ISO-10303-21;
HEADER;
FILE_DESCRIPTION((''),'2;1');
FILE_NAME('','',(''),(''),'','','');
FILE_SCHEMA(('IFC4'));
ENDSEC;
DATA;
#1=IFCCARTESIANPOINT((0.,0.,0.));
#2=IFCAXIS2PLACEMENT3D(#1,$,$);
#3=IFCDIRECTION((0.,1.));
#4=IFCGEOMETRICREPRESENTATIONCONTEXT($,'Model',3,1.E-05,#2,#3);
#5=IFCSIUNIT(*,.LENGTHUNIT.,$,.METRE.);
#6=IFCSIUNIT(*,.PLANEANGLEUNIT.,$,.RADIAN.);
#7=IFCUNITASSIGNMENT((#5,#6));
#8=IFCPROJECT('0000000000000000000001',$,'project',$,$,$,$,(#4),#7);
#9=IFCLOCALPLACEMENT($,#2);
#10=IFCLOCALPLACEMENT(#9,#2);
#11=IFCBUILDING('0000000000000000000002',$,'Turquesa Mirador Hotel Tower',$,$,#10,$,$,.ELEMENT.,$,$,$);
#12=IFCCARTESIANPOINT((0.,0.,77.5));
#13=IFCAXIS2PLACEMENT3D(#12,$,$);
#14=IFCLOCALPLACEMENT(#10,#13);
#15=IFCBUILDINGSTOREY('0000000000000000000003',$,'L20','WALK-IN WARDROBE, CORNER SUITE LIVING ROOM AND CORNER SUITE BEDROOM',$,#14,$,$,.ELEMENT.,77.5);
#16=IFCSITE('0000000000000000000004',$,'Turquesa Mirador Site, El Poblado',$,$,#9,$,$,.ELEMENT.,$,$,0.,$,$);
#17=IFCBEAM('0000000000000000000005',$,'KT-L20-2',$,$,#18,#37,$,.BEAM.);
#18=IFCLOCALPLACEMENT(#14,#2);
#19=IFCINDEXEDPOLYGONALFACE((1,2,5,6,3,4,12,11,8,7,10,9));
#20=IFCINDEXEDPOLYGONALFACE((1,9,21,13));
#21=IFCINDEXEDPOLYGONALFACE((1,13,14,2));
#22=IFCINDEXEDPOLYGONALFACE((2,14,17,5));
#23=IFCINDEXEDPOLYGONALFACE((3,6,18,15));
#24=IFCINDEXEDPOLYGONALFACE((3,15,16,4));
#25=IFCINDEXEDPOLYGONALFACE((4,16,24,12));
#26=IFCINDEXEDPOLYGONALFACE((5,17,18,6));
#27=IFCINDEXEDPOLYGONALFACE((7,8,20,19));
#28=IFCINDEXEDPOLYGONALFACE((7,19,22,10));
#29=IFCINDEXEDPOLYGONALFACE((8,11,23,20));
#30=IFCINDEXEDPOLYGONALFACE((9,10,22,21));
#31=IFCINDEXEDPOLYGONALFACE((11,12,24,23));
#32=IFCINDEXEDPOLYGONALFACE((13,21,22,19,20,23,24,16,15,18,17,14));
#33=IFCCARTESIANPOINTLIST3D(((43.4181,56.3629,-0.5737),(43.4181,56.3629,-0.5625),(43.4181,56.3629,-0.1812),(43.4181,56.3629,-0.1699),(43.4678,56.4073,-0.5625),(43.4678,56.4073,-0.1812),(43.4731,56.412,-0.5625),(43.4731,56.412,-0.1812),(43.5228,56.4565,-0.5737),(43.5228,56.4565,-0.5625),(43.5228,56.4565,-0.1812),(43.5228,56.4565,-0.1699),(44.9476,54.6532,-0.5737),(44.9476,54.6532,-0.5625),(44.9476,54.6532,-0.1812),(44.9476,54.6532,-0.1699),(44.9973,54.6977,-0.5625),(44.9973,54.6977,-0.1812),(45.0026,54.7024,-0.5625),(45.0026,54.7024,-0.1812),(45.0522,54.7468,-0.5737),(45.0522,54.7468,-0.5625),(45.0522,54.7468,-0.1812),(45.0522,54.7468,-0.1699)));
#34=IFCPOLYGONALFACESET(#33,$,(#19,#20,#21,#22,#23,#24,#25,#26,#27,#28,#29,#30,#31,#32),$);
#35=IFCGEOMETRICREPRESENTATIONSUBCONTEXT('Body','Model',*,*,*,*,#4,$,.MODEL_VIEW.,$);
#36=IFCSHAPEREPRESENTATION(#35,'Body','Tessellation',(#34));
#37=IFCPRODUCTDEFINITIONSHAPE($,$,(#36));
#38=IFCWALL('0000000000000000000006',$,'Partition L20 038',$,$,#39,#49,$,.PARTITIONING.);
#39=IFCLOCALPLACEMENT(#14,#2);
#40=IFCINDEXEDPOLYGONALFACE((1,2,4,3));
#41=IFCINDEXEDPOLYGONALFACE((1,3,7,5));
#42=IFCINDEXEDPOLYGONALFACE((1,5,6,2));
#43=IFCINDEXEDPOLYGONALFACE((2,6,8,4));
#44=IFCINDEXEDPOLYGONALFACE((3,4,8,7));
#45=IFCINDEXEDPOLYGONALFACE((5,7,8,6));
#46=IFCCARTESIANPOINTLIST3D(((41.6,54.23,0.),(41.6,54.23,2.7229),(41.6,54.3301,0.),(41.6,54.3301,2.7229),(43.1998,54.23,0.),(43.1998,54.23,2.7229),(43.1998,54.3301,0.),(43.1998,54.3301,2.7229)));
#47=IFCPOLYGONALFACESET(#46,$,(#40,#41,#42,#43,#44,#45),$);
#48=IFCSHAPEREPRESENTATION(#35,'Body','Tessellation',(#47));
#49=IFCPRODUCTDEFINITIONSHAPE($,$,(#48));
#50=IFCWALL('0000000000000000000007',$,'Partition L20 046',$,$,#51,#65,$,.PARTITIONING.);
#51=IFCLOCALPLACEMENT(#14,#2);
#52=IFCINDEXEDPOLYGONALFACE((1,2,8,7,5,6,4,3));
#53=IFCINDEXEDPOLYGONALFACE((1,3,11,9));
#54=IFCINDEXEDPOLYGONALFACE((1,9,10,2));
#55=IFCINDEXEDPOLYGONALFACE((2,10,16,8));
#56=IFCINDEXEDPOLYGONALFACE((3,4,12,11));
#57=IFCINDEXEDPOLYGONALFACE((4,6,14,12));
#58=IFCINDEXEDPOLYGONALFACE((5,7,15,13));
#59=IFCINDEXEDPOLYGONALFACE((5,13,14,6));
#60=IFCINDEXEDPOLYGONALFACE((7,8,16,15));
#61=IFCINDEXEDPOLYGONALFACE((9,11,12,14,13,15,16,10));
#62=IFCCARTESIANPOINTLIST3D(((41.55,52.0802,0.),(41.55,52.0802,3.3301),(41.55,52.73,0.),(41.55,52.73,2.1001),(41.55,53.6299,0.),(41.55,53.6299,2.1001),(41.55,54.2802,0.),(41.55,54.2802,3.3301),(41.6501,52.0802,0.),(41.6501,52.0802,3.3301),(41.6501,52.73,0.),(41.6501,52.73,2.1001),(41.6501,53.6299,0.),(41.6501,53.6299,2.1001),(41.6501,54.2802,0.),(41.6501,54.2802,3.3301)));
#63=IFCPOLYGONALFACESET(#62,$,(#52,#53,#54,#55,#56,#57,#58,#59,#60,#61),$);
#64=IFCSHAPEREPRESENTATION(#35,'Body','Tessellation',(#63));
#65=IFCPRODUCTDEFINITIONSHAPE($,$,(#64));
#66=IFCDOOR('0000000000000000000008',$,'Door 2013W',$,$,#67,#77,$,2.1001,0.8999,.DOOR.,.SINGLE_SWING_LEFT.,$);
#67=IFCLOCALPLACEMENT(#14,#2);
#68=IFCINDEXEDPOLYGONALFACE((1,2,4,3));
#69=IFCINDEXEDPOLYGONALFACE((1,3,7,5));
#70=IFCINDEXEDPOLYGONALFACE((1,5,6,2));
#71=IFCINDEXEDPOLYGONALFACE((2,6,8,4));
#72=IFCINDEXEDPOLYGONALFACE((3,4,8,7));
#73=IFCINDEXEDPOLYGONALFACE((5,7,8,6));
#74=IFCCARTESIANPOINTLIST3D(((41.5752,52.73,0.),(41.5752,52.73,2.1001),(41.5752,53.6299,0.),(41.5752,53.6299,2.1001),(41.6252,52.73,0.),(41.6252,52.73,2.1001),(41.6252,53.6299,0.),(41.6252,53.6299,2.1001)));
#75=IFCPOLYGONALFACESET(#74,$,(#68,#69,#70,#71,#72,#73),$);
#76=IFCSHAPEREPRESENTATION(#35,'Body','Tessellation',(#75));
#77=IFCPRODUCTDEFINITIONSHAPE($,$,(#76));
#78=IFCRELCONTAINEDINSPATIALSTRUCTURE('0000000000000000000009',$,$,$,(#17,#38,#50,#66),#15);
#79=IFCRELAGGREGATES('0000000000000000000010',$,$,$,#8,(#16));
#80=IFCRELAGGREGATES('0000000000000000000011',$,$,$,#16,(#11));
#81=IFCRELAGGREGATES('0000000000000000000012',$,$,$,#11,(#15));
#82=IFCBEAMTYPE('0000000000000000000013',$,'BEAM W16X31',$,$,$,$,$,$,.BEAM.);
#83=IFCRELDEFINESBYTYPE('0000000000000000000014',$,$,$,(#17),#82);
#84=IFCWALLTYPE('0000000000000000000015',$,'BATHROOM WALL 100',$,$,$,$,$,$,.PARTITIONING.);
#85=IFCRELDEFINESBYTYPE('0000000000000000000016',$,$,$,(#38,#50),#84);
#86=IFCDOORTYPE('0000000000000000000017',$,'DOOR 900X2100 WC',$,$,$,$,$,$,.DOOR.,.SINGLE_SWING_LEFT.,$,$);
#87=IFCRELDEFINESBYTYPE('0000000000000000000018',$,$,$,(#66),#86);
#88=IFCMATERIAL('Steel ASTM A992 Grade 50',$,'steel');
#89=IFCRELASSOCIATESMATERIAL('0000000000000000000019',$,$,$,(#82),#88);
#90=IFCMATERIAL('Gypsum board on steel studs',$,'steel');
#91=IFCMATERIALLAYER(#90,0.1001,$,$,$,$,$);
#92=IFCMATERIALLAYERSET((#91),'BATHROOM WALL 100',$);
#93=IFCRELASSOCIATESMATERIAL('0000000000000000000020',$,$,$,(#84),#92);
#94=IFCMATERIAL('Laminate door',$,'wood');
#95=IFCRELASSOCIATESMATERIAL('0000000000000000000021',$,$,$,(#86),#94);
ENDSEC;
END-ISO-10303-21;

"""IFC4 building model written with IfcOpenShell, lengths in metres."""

from ifc_helpers import new_model, si_unit, direction, frame, frame_2d, origin, origin_2d, place, context, subcontext, project, spatial, rectangle, i_section, extrude, material, layer, layer_set, material_profile, profile_set, type_object, element, fill, save


model = new_model("IFC4")

# Units and contexts
model_context = context("Model", 3, precision=1e-05, world=origin(), true_north=direction((0.0, 1.0)))
body_context = subcontext(model_context, "Body", "Model", "MODEL_VIEW")
ifc_project = project(units=[si_unit("LENGTHUNIT", "METRE"), si_unit("PLANEANGLEUNIT", "RADIAN")], contexts=[model_context])

# Site, building, storey
site_placement = place(None, origin())
site = spatial("IfcSite", under=ifc_project, at=site_placement, Name="Turquesa Mirador Site, El Poblado", CompositionType="ELEMENT", RefElevation=0.0)
building_placement = place(site_placement, origin())
building = spatial("IfcBuilding", under=site, at=building_placement, Name="Turquesa Mirador Hotel Tower", CompositionType="ELEMENT")
storey_placement = place(building_placement, frame((0.0, 0.0, 77.5)))
storey = spatial("IfcBuildingStorey", under=building, at=storey_placement, Name="L20", Description="WALK-IN WARDROBE, CORNER SUITE LIVING ROOM AND CORNER SUITE BEDROOM", CompositionType="ELEMENT", Elevation=77.5)

# Beam
ifc_material_1 = material(Name="Steel ASTM A992 Grade 50", Category="steel")
ifc_material_profile = material_profile(ifc_material_1, i_section(OverallWidth=0.1404, OverallDepth=0.4038, WebThickness=0.0071, FlangeThickness=0.0112, at=origin_2d()), Name="W16X31")
ifc_profile_set = profile_set([ifc_material_profile], Name="Steel ASTM A992 Grade 50")
beam_type = type_object("IfcBeamType", Name="BEAM W16X31", PredefinedType="BEAM", material=ifc_profile_set)
beam_placement = place(storey_placement, frame((43.4705, 56.4097, -0.3718), z_axis=(0.666745, -0.745286, 0.0), x_axis=(0.745286, 0.666745, 0.0)))
element("IfcBeam", 1, at=beam_placement, inside=storey, type_object=beam_type, Name="KT-L20-2", PredefinedType="BEAM", context=body_context, shape_type="SweptSolid", body=[
    extrude(i_section(OverallWidth=0.1404, OverallDepth=0.4038, WebThickness=0.0071, FlangeThickness=0.0112, at=origin_2d()), origin(), (0.0, 0.0, 1.0), 2.2939),
])

# Wall
ifc_material_2 = material(Name="Gypsum board on steel studs", Category="steel")
ifc_layer_1 = layer(ifc_material_2, 0.1001)
ifc_layer_set_1 = layer_set([ifc_layer_1], Name="BATHROOM WALL 100")
wall_type_1 = type_object("IfcWallType", Name="BATHROOM WALL 100", PredefinedType="PARTITIONING", material=ifc_layer_set_1)
wall_1_placement = place(storey_placement, frame((41.6001, 54.28, 0.0), z_axis=(0.0, 0.0, 1.0), x_axis=(1.0, 0.0, 0.0)))
element("IfcWall", 2, at=wall_1_placement, inside=storey, type_object=wall_type_1, Name="Partition L20 038", PredefinedType="PARTITIONING", context=body_context, shape_type="SweptSolid", body=[
    extrude(rectangle(XDim=1.5999, YDim=0.1001, at=frame_2d((0.7998, 0.0))), origin(), (0.0, 0.0, 1.0), 2.7229),
])

# Wall, opening, door
wall_2_placement = place(storey_placement, frame((41.6001, 52.0801, 0.0), z_axis=(0.0, 0.0, 1.0), x_axis=(0.0, 1.0, 0.0)))
wall_2 = element("IfcWall", 3, at=wall_2_placement, inside=storey, type_object=wall_type_1, Name="Partition L20 046", PredefinedType="PARTITIONING", context=body_context, shape_type="SweptSolid", body=[
    extrude(rectangle(XDim=2.2, YDim=0.1001, at=frame_2d((1.1001, 0.0))), origin(), (0.0, 0.0, 1.0), 3.3301),
])
opening_1_placement = place(wall_2_placement, frame((0.6499, 0.0, 0.0)))
opening_1 = element("IfcOpeningElement", 4, at=opening_1_placement, cuts=wall_2, PredefinedType="OPENING", context=body_context, shape_type="SweptSolid", body=[
    extrude(rectangle(XDim=0.8999, YDim=2.1001, at=frame_2d((0.45, 1.05))), frame((0.0, 0.0601, 0.0), z_axis=(0.0, -1.0, 0.0), x_axis=(1.0, 0.0, 0.0)), (0.0, 0.0, 1.0), 0.1201),
])
ifc_material_3 = material(Name="Laminate door", Category="wood")
door_type_1 = type_object("IfcDoorType", Name="DOOR 900X2100 WC", OperationType="SINGLE_SWING_LEFT", PredefinedType="DOOR", material=ifc_material_3)
door_1_placement = place(opening_1_placement, origin())
door_1 = element("IfcDoor", 5, at=door_1_placement, inside=storey, type_object=door_type_1, Name="Door 2013W", OperationType="SINGLE_SWING_LEFT", OverallHeight=2.1001, OverallWidth=0.8999, PredefinedType="DOOR", context=body_context, shape_type="SweptSolid", body=[
    extrude(rectangle(XDim=0.8999, YDim=2.1001, at=frame_2d((0.45, 1.05))), frame((0.0, 0.0249, 0.0), z_axis=(0.0, -1.0, 0.0), x_axis=(1.0, 0.0, 0.0)), (0.0, 0.0, 1.0), 0.05),
])
fill(opening_1, door_1)

save(model, "model.ifc")
